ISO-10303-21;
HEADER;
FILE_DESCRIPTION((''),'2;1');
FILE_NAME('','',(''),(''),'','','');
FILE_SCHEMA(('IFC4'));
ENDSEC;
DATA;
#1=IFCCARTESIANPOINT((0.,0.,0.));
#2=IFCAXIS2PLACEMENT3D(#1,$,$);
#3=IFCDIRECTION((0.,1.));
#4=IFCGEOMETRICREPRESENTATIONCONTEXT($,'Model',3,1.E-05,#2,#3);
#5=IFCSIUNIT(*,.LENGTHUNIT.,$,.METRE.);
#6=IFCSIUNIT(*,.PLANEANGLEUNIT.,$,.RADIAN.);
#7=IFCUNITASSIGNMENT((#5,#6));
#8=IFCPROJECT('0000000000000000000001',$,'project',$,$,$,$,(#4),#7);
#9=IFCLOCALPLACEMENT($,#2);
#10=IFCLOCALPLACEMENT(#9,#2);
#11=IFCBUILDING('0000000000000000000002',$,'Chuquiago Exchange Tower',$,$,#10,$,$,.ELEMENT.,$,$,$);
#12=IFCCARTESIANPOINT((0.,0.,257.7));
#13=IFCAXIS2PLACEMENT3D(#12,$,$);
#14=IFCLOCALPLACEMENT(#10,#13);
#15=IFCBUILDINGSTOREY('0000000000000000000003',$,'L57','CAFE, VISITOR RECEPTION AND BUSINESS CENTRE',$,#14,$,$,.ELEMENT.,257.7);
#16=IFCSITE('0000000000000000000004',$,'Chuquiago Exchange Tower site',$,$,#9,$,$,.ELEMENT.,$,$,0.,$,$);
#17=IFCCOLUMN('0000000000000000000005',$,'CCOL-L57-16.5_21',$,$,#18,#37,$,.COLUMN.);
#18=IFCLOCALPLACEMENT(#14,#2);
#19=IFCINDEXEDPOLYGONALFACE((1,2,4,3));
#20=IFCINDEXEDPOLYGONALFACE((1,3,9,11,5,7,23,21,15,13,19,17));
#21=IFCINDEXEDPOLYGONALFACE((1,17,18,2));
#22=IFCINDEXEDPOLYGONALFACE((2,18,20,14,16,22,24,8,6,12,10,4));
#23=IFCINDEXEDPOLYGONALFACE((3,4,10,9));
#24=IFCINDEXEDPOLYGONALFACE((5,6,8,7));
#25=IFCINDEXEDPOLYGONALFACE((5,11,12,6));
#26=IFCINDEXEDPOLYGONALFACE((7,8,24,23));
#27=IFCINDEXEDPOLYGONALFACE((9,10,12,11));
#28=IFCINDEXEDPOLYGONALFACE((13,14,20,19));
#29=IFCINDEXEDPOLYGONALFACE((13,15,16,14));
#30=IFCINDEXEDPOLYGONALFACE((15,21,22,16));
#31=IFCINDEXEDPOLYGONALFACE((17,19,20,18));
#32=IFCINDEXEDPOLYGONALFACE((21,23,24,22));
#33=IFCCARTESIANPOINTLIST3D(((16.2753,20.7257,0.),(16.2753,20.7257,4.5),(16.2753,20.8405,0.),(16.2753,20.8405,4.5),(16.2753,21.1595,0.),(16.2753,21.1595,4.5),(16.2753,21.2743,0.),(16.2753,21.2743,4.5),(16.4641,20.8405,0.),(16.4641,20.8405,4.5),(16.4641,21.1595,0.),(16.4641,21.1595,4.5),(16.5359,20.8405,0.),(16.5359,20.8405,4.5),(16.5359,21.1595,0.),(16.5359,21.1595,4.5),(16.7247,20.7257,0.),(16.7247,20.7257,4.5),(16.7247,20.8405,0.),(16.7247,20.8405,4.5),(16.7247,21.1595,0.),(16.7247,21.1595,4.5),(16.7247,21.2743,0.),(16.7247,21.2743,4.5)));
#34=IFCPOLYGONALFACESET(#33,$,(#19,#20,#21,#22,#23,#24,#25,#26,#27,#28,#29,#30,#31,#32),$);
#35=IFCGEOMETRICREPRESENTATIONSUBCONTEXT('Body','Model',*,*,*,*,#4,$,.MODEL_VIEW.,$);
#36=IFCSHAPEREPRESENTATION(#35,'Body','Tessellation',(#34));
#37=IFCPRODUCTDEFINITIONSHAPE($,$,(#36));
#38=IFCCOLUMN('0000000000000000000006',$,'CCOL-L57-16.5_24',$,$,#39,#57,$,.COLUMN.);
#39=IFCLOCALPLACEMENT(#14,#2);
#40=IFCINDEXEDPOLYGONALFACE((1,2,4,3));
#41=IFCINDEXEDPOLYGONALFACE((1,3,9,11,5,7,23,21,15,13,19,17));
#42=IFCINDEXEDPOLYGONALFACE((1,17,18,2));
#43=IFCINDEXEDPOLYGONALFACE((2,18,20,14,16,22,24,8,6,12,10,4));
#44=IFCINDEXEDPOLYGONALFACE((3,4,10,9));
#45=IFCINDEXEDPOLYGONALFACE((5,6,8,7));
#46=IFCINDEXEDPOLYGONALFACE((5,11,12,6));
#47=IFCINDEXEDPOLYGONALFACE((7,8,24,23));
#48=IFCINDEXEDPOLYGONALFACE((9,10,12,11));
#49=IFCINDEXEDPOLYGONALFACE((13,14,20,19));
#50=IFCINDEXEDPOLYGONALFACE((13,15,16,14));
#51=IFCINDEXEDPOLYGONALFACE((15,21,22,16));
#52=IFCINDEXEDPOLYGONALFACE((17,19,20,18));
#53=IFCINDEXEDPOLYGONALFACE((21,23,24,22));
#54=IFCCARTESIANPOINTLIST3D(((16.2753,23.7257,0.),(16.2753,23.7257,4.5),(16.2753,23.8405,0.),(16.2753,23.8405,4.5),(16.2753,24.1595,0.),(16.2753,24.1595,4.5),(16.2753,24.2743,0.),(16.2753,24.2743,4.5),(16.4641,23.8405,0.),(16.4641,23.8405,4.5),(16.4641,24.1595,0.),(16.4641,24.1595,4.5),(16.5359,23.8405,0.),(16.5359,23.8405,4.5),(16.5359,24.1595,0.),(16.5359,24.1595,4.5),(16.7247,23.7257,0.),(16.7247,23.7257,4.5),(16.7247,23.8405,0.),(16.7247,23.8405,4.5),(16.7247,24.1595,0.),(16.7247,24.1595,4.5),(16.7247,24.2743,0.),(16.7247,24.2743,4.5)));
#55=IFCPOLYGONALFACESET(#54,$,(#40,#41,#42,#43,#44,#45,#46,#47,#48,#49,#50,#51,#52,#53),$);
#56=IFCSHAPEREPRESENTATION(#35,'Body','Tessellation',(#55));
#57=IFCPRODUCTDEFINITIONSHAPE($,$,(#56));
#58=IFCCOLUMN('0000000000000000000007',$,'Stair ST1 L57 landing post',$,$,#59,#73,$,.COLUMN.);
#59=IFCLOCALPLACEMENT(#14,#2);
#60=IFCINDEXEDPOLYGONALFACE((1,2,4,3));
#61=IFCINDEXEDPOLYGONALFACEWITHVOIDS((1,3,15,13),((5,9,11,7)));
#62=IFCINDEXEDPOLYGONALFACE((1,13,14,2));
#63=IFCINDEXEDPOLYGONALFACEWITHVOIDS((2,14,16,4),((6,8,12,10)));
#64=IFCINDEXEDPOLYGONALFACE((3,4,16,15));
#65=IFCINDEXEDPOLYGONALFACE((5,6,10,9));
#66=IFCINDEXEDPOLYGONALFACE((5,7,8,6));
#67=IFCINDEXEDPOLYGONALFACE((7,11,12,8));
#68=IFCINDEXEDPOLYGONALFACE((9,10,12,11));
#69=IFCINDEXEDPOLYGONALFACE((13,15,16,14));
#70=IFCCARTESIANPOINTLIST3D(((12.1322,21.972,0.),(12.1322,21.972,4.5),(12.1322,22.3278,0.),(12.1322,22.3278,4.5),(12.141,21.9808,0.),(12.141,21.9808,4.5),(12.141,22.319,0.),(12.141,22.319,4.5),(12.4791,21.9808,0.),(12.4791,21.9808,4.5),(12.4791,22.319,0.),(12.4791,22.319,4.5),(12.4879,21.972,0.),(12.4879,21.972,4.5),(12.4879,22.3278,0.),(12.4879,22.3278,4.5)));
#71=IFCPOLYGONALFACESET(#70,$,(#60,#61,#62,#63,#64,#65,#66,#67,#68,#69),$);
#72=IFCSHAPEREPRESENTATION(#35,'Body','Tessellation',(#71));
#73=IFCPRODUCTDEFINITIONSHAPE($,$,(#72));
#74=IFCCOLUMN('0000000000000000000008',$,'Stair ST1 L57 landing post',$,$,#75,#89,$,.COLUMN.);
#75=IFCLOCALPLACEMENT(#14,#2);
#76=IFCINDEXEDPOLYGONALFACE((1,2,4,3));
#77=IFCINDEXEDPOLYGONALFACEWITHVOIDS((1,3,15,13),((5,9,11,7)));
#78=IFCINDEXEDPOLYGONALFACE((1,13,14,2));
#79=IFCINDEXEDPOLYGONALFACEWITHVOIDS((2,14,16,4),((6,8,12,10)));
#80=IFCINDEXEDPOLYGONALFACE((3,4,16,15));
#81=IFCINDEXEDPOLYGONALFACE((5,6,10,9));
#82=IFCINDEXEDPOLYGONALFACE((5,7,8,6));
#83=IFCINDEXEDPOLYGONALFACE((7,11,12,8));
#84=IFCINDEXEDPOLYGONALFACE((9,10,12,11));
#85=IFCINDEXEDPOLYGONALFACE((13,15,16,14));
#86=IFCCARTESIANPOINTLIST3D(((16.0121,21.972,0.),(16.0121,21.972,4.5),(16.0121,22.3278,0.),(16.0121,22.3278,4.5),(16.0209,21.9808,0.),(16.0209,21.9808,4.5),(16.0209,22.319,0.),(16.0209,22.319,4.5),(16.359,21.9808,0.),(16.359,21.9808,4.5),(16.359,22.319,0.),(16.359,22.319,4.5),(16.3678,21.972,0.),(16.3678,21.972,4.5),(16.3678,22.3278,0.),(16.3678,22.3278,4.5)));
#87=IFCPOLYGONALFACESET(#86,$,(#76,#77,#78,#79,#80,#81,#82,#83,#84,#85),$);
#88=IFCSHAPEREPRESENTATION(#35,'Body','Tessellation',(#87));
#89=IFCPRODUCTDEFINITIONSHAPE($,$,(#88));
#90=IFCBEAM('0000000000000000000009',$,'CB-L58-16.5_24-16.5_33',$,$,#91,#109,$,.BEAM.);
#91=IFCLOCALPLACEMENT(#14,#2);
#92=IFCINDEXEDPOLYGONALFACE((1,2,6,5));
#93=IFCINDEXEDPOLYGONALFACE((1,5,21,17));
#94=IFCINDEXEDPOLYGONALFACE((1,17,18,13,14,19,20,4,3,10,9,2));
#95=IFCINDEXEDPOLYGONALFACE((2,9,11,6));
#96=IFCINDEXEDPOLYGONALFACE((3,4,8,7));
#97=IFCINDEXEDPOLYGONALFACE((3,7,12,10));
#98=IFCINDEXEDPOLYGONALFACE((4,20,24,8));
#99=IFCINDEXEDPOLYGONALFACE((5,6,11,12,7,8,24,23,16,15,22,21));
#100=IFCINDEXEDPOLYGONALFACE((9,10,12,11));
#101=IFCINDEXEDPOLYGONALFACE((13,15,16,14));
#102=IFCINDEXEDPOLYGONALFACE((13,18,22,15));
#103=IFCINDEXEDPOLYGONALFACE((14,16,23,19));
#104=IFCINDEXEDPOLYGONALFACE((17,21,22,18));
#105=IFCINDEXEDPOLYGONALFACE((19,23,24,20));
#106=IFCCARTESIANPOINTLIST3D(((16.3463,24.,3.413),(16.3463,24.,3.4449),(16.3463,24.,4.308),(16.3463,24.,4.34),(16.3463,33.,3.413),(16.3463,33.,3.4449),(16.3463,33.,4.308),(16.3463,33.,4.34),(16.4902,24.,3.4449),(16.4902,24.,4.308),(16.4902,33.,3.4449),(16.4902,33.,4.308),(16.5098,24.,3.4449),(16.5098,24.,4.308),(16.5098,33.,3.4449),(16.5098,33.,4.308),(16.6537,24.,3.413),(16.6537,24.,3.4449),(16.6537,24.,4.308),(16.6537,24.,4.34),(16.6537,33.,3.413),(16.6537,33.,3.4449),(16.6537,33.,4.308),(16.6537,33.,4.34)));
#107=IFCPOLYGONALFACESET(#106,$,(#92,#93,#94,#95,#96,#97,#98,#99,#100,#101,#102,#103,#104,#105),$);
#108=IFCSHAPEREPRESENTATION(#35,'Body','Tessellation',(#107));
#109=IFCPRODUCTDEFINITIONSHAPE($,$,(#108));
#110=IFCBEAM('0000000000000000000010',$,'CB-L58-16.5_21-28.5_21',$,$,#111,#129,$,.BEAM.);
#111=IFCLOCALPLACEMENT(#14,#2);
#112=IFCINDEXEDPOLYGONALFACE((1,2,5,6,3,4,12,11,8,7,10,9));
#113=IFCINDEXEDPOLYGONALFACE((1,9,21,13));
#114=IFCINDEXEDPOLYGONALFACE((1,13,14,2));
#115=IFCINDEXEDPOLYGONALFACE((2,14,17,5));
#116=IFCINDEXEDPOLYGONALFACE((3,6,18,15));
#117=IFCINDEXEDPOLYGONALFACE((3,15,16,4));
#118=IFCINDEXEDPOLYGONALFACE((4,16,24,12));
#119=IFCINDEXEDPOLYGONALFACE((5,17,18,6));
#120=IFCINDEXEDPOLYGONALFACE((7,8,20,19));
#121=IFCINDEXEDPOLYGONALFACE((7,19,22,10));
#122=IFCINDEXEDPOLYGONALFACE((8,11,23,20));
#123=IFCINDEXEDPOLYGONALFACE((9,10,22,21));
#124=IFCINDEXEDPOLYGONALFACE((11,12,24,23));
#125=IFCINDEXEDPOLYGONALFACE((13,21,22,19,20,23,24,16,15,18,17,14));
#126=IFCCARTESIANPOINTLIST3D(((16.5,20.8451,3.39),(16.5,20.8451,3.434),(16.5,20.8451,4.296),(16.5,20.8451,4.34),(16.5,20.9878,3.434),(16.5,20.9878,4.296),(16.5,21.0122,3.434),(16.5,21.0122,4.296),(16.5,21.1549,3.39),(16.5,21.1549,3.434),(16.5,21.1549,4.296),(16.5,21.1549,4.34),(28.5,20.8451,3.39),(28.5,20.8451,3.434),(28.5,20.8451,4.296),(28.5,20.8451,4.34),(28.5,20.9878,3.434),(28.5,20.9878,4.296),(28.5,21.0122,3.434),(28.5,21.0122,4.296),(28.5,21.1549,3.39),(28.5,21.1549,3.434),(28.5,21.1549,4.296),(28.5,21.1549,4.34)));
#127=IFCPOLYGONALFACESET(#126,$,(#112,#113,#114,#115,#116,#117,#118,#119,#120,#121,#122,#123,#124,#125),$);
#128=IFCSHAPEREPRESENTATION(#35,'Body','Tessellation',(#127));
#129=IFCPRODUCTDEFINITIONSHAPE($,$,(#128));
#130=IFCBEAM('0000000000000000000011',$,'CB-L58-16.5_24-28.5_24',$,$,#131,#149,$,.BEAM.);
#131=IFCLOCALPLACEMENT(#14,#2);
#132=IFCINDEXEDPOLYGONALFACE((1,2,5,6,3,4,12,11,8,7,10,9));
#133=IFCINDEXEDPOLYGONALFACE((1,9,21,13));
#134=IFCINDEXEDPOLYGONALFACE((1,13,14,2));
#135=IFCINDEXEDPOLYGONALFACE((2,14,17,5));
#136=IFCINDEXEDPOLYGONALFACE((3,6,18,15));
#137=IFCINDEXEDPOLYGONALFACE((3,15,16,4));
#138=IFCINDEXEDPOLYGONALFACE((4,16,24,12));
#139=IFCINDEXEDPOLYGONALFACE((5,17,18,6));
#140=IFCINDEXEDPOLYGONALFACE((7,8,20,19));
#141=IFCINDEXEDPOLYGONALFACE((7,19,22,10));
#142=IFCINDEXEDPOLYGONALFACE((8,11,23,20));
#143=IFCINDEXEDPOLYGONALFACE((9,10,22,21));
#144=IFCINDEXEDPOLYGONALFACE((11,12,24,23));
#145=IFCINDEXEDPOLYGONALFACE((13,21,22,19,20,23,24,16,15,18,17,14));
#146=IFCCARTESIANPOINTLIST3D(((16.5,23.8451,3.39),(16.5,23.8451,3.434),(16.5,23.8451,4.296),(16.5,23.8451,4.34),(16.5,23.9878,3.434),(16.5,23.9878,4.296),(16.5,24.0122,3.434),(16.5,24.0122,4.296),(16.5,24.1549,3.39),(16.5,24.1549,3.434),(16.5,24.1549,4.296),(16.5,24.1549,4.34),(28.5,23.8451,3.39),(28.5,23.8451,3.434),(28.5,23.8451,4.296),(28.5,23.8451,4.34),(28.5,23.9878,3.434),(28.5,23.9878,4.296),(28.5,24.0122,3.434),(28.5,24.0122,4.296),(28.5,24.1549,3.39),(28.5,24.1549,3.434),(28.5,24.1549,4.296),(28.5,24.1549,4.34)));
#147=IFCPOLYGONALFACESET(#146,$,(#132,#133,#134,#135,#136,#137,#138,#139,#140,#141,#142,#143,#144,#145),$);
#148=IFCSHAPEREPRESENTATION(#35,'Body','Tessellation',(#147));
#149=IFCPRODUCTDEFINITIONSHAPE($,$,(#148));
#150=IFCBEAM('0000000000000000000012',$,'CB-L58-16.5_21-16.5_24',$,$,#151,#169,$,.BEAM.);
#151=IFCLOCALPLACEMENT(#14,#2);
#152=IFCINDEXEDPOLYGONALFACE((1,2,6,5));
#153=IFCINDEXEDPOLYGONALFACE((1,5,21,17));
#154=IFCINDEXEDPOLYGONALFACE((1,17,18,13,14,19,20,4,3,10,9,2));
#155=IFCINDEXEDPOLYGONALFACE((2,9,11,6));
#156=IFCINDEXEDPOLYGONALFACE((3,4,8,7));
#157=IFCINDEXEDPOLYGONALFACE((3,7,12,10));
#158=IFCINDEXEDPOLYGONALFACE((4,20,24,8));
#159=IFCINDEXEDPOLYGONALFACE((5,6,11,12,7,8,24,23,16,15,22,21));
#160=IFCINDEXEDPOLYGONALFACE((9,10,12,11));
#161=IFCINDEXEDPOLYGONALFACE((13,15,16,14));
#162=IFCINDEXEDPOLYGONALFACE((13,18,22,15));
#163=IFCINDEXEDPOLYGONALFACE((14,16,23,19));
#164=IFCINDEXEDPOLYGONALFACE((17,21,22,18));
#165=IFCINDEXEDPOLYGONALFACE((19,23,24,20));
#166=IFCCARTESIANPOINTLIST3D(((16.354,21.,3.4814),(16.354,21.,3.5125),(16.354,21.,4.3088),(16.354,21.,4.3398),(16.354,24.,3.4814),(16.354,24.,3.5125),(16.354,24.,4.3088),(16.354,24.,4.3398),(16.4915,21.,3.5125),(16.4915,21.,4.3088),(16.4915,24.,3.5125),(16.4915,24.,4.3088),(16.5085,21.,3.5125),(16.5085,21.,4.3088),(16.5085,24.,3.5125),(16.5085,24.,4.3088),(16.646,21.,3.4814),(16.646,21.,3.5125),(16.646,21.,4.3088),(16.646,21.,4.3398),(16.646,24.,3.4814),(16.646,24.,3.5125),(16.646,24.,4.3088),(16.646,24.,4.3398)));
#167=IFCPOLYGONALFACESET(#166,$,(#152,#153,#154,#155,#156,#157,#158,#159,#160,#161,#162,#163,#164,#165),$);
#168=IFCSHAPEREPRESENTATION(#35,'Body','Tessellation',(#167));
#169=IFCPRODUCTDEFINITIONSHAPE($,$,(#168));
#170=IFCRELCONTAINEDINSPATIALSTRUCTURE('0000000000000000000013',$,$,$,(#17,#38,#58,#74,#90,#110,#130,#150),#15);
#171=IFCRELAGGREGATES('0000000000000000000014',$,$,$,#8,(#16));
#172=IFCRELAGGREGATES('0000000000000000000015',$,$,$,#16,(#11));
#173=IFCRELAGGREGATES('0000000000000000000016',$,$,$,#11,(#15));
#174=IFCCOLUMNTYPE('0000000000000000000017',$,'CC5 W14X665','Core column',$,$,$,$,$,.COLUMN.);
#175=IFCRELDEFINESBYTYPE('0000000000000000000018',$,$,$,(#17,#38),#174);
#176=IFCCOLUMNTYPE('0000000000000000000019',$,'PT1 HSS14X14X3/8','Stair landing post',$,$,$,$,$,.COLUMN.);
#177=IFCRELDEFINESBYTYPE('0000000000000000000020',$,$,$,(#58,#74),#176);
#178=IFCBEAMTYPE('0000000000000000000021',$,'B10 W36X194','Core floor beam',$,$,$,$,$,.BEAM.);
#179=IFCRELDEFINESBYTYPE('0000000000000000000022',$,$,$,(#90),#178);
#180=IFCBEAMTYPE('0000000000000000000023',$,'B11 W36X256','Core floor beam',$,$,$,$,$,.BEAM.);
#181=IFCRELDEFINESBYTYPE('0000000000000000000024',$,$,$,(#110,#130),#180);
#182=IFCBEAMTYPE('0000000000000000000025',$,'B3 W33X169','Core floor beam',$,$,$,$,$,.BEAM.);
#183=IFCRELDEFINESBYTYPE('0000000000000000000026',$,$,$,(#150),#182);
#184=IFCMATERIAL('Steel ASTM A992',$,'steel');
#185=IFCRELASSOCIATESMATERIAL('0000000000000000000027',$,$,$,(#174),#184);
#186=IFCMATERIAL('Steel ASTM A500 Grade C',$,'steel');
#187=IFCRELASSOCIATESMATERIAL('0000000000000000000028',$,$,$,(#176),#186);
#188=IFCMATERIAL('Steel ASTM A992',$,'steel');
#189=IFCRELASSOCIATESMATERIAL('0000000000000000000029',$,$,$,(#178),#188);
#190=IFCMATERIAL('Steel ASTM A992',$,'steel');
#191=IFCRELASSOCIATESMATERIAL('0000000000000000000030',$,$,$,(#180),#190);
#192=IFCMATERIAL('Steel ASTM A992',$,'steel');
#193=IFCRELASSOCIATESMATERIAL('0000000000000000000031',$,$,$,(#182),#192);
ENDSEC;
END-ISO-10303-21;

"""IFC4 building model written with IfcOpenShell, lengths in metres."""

from ifc_helpers import new_model, si_unit, direction, frame, origin, origin_2d, place, context, subcontext, project, spatial, hollow_rectangle, i_section, extrude, material, material_profile, profile_set, type_object, element, save


model = new_model("IFC4")

# Units and contexts
model_context = context("Model", 3, precision=1e-05, world=origin(), true_north=direction((0.0, 1.0)))
body_context = subcontext(model_context, "Body", "Model", "MODEL_VIEW")
ifc_project = project(units=[si_unit("LENGTHUNIT", "METRE"), si_unit("PLANEANGLEUNIT", "RADIAN")], contexts=[model_context])

# Site, building, storey
site_placement = place(None, origin())
site = spatial("IfcSite", under=ifc_project, at=site_placement, Name="Chuquiago Exchange Tower site", CompositionType="ELEMENT", RefElevation=0.0)
building_placement = place(site_placement, origin())
building = spatial("IfcBuilding", under=site, at=building_placement, Name="Chuquiago Exchange Tower", CompositionType="ELEMENT")
storey_placement = place(building_placement, frame((0.0, 0.0, 257.7)))
storey = spatial("IfcBuildingStorey", under=building, at=storey_placement, Name="L57", Description="CAFE, VISITOR RECEPTION AND BUSINESS CENTRE", CompositionType="ELEMENT", Elevation=257.7)

# Columns
ifc_material_1 = material(Name="Steel ASTM A992", Category="steel")
ifc_material_profile_1 = material_profile(ifc_material_1, i_section(OverallWidth=0.4495, OverallDepth=0.5486, WebThickness=0.0718, FlangeThickness=0.1147, at=origin_2d()), Name="W14X665")
ifc_profile_set_1 = profile_set([ifc_material_profile_1], Name="Steel ASTM A992")
column_type_1 = type_object("IfcColumnType", Name="CC5 W14X665", Description="Core column", PredefinedType="COLUMN", material=ifc_profile_set_1)
for number, where, z_axis, x_axis, name in (
    (1, (16.5, 21.0, 0.0), (0.0, 0.0, 1.0), (1.0, 0.0, 0.0), "CCOL-L57-16.5_21"),
    (2, (16.5, 24.0, 0.0), (0.0, 0.0, 1.0), (1.0, 0.0, 0.0), "CCOL-L57-16.5_24"),
):
    element("IfcColumn", number, at=place(storey_placement, frame(where, z_axis=z_axis, x_axis=x_axis)), inside=storey, type_object=column_type_1, Name=name, PredefinedType="COLUMN", context=body_context, shape_type="SweptSolid", body=[
        extrude(i_section(OverallWidth=0.4495, OverallDepth=0.5486, WebThickness=0.0718, FlangeThickness=0.1147, at=origin_2d()), origin(), (0.0, 0.0, 1.0), 4.5),
    ])
ifc_material_2 = material(Name="Steel ASTM A500 Grade C", Category="steel")
ifc_material_profile_2 = material_profile(ifc_material_2, hollow_rectangle(XDim=0.3557, YDim=0.3557, WallThickness=0.0088, at=origin_2d()), Name="HSS14X14X3/8")
ifc_profile_set_2 = profile_set([ifc_material_profile_2], Name="Steel ASTM A500 Grade C")
column_type_2 = type_object("IfcColumnType", Name="PT1 HSS14X14X3/8", Description="Stair landing post", PredefinedType="COLUMN", material=ifc_profile_set_2)
for number, where, z_axis, x_axis, name in (
    (3, (12.3101, 22.1499, 0.0), (0.0, 0.0, 1.0), (1.0, 0.0, 0.0), "Stair ST1 L57 landing post"),
    (4, (16.1899, 22.1499, 0.0), (0.0, 0.0, 1.0), (1.0, 0.0, 0.0), "Stair ST1 L57 landing post"),
):
    element("IfcColumn", number, at=place(storey_placement, frame(where, z_axis=z_axis, x_axis=x_axis)), inside=storey, type_object=column_type_2, Name=name, PredefinedType="COLUMN", context=body_context, shape_type="SweptSolid", body=[
        extrude(hollow_rectangle(XDim=0.3557, YDim=0.3557, WallThickness=0.0088, at=origin_2d()), origin(), (0.0, 0.0, 1.0), 4.5),
    ])

# Beams
ifc_material_3 = material(Name="Steel ASTM A992", Category="steel")
ifc_material_profile_3 = material_profile(ifc_material_3, i_section(OverallWidth=0.3074, OverallDepth=0.927, WebThickness=0.0195, FlangeThickness=0.032, at=origin_2d()), Name="W36X194")
ifc_profile_set_3 = profile_set([ifc_material_profile_3], Name="Steel ASTM A992")
beam_type_1 = type_object("IfcBeamType", Name="B10 W36X194", Description="Core floor beam", PredefinedType="BEAM", material=ifc_profile_set_3)
beam_1_placement = place(storey_placement, frame((16.5, 24.0, 3.8765), z_axis=(0.0, 1.0, 0.0), x_axis=(-1.0, 0.0, 0.0)))
element("IfcBeam", 5, at=beam_1_placement, inside=storey, type_object=beam_type_1, Name="CB-L58-16.5_24-16.5_33", PredefinedType="BEAM", context=body_context, shape_type="SweptSolid", body=[
    extrude(i_section(OverallWidth=0.3074, OverallDepth=0.927, WebThickness=0.0195, FlangeThickness=0.032, at=origin_2d()), origin(), (0.0, 0.0, 1.0), 9.0),
])
ifc_material_4 = material(Name="Steel ASTM A992", Category="steel")
ifc_material_profile_4 = material_profile(ifc_material_4, i_section(OverallWidth=0.3098, OverallDepth=0.95, WebThickness=0.0244, FlangeThickness=0.0439, at=origin_2d()), Name="W36X256")
ifc_profile_set_4 = profile_set([ifc_material_profile_4], Name="Steel ASTM A992")
beam_type_2 = type_object("IfcBeamType", Name="B11 W36X256", Description="Core floor beam", PredefinedType="BEAM", material=ifc_profile_set_4)
for number, where, z_axis, x_axis, name in (
    (6, (16.5, 21.0, 3.865), (1.0, 0.0, 0.0), (0.0, 1.0, 0.0), "CB-L58-16.5_21-28.5_21"),
    (7, (16.5, 24.0, 3.865), (1.0, 0.0, 0.0), (0.0, 1.0, 0.0), "CB-L58-16.5_24-28.5_24"),
):
    element("IfcBeam", number, at=place(storey_placement, frame(where, z_axis=z_axis, x_axis=x_axis)), inside=storey, type_object=beam_type_2, Name=name, PredefinedType="BEAM", context=body_context, shape_type="SweptSolid", body=[
        extrude(i_section(OverallWidth=0.3098, OverallDepth=0.95, WebThickness=0.0244, FlangeThickness=0.0439, at=origin_2d()), origin(), (0.0, 0.0, 1.0), 12.0),
    ])
ifc_material_5 = material(Name="Steel ASTM A992", Category="steel")
ifc_material_profile_5 = material_profile(ifc_material_5, i_section(OverallWidth=0.292, OverallDepth=0.8584, WebThickness=0.0171, FlangeThickness=0.031, at=origin_2d()), Name="W33X169")
ifc_profile_set_5 = profile_set([ifc_material_profile_5], Name="Steel ASTM A992")
beam_type_3 = type_object("IfcBeamType", Name="B3 W33X169", Description="Core floor beam", PredefinedType="BEAM", material=ifc_profile_set_5)
beam_2_placement = place(storey_placement, frame((16.5, 21.0, 3.9106), z_axis=(0.0, 1.0, 0.0), x_axis=(-1.0, 0.0, 0.0)))
element("IfcBeam", 8, at=beam_2_placement, inside=storey, type_object=beam_type_3, Name="CB-L58-16.5_21-16.5_24", PredefinedType="BEAM", context=body_context, shape_type="SweptSolid", body=[
    extrude(i_section(OverallWidth=0.292, OverallDepth=0.8584, WebThickness=0.0171, FlangeThickness=0.031, at=origin_2d()), origin(), (0.0, 0.0, 1.0), 3.0),
])

save(model, "model.ifc")
